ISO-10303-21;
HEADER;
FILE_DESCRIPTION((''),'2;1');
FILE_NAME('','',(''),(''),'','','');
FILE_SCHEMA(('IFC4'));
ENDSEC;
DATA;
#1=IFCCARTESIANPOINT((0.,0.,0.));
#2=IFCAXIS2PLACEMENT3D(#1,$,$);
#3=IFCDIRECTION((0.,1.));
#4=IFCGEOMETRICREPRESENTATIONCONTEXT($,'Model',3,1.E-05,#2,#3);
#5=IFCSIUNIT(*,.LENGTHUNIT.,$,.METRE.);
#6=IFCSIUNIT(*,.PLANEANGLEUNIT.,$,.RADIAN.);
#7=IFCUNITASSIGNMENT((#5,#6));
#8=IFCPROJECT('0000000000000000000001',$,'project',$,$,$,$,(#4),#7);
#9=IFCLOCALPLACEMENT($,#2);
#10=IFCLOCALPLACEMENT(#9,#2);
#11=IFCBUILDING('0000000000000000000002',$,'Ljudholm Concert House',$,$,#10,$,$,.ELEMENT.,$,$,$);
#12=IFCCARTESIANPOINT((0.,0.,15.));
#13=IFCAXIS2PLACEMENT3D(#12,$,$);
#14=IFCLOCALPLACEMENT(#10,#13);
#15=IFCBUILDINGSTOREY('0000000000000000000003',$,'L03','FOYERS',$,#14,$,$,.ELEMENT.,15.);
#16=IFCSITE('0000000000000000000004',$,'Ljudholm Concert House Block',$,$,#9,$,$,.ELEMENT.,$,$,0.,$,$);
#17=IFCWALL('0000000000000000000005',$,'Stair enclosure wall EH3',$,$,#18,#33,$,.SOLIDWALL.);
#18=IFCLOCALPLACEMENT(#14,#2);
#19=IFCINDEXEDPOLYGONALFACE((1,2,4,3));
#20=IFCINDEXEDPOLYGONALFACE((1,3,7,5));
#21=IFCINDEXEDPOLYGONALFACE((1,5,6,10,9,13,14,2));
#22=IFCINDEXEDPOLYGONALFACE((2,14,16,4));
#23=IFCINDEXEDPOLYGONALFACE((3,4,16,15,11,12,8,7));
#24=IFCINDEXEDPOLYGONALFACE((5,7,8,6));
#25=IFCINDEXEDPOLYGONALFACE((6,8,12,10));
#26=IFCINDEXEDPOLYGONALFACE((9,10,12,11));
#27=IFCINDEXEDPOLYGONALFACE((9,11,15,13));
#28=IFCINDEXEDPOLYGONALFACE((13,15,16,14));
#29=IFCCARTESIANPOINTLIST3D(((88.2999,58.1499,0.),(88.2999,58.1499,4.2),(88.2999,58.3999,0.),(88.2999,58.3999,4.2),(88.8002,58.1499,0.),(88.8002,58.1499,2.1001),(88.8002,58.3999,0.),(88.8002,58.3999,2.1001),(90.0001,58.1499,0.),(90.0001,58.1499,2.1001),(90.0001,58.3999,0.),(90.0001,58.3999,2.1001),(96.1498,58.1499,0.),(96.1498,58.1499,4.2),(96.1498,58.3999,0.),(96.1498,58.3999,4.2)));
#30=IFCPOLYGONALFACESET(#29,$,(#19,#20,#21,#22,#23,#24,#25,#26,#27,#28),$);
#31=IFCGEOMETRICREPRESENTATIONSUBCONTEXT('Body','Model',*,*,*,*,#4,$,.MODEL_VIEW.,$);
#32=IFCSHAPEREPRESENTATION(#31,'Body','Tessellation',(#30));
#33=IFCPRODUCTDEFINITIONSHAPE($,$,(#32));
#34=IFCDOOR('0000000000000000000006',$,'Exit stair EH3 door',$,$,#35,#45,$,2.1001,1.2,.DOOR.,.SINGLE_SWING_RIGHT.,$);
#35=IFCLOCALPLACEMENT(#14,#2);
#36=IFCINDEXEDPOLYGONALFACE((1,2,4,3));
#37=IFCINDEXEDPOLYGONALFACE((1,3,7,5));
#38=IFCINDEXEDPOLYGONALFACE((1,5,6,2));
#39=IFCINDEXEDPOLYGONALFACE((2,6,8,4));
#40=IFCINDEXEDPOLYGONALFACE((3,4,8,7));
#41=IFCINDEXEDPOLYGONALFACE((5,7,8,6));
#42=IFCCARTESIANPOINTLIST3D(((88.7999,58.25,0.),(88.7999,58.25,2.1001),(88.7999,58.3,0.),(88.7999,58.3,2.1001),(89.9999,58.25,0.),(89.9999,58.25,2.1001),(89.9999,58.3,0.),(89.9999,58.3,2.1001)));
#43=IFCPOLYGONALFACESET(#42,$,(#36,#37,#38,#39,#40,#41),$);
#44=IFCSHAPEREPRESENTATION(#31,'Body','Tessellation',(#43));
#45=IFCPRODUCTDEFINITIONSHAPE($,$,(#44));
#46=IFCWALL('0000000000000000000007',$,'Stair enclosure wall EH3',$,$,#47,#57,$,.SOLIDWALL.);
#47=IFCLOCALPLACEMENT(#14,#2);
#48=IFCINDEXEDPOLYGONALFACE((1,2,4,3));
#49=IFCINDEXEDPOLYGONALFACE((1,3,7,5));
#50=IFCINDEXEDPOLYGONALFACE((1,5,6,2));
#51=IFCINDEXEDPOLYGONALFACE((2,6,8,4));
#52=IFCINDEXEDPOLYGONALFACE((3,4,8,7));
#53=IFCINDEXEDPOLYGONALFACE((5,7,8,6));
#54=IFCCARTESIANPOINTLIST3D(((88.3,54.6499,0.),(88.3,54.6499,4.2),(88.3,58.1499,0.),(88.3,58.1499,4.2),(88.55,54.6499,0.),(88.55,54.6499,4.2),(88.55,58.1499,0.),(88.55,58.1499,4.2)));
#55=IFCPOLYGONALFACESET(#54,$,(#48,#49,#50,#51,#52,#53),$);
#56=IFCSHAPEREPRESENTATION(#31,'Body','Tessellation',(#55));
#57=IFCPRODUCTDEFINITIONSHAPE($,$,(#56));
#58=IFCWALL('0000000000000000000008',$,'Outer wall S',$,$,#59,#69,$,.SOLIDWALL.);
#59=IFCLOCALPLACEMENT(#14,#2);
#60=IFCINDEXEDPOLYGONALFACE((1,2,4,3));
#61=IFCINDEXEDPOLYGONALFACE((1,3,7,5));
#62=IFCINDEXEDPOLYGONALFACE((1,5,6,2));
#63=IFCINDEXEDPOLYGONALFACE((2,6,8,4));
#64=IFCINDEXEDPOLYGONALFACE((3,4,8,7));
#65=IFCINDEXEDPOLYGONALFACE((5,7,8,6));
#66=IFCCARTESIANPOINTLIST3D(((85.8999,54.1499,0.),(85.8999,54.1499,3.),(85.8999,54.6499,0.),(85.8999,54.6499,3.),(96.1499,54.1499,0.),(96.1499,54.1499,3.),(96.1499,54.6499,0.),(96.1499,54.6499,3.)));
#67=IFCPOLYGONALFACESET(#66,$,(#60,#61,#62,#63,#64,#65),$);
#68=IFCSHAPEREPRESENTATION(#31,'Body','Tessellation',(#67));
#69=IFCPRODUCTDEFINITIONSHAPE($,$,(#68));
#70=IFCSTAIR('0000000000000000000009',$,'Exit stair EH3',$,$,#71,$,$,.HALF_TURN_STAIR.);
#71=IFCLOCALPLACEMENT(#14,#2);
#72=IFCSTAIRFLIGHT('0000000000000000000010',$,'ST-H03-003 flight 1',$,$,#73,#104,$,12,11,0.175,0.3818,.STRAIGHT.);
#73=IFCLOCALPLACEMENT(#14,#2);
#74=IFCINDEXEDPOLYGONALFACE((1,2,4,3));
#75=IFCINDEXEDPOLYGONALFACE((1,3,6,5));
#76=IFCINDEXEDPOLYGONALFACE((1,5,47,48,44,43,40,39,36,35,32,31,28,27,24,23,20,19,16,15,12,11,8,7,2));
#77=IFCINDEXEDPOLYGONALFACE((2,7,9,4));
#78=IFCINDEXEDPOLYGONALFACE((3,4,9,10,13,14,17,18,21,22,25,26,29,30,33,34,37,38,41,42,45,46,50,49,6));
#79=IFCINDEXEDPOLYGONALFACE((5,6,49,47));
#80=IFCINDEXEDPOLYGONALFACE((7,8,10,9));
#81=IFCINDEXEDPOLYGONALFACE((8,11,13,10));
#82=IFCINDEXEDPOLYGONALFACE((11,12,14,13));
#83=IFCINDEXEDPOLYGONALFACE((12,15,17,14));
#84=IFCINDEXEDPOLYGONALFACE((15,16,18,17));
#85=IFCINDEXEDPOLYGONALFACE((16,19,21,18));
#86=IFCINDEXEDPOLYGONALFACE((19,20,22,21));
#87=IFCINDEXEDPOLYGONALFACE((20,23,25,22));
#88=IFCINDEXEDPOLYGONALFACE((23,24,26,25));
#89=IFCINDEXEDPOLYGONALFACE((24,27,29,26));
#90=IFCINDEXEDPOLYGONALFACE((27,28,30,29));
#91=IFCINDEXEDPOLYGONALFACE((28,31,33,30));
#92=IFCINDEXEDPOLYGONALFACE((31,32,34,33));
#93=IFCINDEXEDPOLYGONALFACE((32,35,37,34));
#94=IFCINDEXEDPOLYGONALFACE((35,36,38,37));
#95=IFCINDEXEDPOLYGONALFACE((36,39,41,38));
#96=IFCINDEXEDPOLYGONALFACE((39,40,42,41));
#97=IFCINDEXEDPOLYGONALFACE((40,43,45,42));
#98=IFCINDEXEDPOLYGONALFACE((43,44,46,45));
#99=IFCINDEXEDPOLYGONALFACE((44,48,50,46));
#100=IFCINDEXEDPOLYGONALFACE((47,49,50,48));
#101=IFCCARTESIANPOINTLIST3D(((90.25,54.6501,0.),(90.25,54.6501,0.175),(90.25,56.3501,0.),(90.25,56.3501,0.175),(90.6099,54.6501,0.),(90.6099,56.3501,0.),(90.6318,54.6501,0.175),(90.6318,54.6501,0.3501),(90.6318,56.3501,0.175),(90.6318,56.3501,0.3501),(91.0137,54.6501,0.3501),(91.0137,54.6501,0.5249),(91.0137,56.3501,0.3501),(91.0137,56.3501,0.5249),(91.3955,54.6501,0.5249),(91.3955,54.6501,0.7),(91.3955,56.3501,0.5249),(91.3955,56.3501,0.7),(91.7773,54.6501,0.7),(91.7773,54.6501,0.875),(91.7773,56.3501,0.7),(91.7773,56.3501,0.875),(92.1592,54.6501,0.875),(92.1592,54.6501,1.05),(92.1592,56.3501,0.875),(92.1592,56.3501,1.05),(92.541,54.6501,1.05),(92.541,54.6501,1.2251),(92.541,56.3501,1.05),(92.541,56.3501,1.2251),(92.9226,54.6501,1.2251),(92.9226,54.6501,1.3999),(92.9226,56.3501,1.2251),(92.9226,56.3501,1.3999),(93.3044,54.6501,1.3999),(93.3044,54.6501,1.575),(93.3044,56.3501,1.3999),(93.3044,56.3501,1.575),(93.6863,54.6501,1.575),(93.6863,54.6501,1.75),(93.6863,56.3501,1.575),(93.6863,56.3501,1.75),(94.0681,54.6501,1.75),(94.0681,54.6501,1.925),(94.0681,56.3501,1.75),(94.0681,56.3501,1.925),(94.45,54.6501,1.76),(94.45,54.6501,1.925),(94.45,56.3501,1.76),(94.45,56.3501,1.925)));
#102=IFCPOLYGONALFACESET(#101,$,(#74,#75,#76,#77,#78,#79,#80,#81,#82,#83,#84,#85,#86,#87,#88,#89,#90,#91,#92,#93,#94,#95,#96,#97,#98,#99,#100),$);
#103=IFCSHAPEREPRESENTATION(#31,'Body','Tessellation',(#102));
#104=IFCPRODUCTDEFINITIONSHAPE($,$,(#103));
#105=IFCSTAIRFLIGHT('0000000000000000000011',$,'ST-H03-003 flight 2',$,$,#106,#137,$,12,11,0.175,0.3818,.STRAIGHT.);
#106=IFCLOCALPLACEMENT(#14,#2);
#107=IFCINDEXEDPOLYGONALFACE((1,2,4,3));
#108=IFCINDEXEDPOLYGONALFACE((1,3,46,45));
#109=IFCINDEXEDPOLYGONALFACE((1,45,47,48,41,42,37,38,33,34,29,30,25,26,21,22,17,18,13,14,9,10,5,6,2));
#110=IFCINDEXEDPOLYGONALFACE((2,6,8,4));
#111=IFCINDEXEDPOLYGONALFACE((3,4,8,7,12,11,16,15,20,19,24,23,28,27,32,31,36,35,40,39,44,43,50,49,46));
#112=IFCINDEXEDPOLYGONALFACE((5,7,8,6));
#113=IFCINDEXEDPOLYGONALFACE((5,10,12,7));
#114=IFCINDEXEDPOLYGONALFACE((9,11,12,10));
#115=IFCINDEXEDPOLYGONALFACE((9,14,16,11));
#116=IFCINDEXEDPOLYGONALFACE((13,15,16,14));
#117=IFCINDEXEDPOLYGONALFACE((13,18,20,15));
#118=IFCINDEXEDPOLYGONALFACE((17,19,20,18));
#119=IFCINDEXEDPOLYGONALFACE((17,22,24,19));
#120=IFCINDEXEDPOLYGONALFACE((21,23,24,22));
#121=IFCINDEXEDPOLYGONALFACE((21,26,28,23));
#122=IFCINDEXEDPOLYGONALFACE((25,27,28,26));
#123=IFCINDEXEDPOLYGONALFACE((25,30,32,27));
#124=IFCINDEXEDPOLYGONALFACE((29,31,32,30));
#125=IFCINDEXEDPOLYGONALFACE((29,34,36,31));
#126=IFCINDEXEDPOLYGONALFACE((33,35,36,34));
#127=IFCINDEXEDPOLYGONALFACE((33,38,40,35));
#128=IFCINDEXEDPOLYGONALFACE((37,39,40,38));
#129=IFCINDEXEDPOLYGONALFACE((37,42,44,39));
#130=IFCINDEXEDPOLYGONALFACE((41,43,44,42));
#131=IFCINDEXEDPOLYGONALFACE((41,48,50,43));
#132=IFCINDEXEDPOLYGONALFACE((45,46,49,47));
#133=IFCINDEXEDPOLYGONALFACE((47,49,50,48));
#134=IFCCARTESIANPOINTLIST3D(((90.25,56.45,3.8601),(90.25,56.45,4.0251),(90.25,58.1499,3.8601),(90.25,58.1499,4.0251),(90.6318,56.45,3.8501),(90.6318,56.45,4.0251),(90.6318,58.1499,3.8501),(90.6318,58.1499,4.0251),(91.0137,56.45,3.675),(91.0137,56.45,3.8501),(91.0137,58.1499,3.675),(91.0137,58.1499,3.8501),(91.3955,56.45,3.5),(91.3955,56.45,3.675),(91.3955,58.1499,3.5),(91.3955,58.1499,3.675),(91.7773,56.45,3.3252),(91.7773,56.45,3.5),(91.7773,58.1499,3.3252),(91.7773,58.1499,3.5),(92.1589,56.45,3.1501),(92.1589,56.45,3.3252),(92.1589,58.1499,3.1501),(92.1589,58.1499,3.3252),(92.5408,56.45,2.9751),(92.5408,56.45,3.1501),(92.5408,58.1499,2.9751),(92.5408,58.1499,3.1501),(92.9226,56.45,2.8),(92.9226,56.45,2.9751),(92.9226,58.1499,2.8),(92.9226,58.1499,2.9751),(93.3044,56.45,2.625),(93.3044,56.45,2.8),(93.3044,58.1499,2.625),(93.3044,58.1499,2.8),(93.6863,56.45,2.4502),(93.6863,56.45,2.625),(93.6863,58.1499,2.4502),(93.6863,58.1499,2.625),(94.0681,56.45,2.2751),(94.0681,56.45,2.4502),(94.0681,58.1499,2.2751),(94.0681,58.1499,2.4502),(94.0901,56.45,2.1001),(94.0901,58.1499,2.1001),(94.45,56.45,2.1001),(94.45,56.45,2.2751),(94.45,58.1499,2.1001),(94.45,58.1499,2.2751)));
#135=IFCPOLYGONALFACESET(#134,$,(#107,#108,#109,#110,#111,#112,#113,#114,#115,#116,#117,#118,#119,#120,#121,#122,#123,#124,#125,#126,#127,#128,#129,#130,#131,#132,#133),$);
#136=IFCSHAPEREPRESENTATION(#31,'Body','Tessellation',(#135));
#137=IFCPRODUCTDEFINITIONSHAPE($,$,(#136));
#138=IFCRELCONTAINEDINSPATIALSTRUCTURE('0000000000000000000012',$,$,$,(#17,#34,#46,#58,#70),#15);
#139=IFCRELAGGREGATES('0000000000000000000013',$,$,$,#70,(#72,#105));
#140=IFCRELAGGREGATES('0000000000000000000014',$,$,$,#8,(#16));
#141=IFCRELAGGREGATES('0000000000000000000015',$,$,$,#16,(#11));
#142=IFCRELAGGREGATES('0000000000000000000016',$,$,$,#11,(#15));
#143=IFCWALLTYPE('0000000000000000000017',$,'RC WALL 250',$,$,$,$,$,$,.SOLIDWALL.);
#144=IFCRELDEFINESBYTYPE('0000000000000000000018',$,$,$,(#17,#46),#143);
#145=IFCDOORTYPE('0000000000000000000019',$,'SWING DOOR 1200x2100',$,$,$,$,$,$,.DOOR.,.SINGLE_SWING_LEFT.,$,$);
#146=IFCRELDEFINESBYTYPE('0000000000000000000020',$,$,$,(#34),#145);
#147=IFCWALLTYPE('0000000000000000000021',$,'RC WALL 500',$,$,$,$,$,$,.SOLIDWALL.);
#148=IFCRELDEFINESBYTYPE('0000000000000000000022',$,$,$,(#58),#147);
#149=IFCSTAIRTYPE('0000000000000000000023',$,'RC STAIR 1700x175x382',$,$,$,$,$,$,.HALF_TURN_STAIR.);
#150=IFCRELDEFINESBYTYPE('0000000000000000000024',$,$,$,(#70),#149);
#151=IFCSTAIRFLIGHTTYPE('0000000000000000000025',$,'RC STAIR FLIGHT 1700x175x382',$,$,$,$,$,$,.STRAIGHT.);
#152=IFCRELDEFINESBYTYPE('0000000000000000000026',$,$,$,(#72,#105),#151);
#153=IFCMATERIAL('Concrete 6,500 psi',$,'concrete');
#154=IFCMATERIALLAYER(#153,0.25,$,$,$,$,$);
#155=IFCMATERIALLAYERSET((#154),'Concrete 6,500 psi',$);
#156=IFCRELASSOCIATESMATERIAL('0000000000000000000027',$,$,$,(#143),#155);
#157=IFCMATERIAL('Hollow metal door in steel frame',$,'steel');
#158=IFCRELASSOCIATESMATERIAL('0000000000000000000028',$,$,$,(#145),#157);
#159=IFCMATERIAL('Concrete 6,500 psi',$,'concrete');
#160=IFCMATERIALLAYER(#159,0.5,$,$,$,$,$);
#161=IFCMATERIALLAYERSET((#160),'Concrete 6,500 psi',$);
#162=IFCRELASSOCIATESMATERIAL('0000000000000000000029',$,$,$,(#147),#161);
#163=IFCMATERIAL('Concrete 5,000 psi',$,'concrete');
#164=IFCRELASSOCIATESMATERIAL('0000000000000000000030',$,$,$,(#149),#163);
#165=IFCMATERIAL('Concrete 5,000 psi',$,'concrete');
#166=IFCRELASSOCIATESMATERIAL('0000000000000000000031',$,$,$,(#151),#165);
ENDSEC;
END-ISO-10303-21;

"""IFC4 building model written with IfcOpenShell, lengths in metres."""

from ifc_helpers import new_model, si_unit, direction, frame, frame_2d, origin, place, context, subcontext, project, spatial, polyline, rectangle, outline, extrude, material, layer, layer_set, type_object, element, fill, aggregate, save


model = new_model("IFC4")

# Units and contexts
model_context = context("Model", 3, precision=1e-05, world=origin(), true_north=direction((0.0, 1.0)))
body_context = subcontext(model_context, "Body", "Model", "MODEL_VIEW")
ifc_project = project(units=[si_unit("LENGTHUNIT", "METRE"), si_unit("PLANEANGLEUNIT", "RADIAN")], contexts=[model_context])

# Site, building, storey
site_placement = place(None, origin())
site = spatial("IfcSite", under=ifc_project, at=site_placement, Name="Ljudholm Concert House Block", CompositionType="ELEMENT", RefElevation=0.0)
building_placement = place(site_placement, origin())
building = spatial("IfcBuilding", under=site, at=building_placement, Name="Ljudholm Concert House", CompositionType="ELEMENT")
storey_placement = place(building_placement, frame((0.0, 0.0, 15.0)))
storey = spatial("IfcBuildingStorey", under=building, at=storey_placement, Name="L03", Description="FOYERS", CompositionType="ELEMENT", Elevation=15.0)

# Wall, opening, door
ifc_material_1 = material(Name="Concrete 6,500 psi", Category="concrete")
ifc_layer_1 = layer(ifc_material_1, 0.25)
ifc_layer_set_1 = layer_set([ifc_layer_1], Name="Concrete 6,500 psi")
wall_type_1 = type_object("IfcWallType", Name="RC WALL 250", PredefinedType="SOLIDWALL", material=ifc_layer_set_1)
wall_1_placement = place(storey_placement, frame((88.3, 58.2749, 0.0), z_axis=(0.0, 0.0, 1.0), x_axis=(1.0, 0.0, 0.0)))
wall_1 = element("IfcWall", 1, at=wall_1_placement, inside=storey, type_object=wall_type_1, Name="Stair enclosure wall EH3", PredefinedType="SOLIDWALL", context=body_context, shape_type="SweptSolid", body=[
    extrude(rectangle(XDim=7.8499, YDim=0.25, at=frame_2d((3.9248, 0.0))), origin(), (0.0, 0.0, 1.0), 4.2),
])
opening_placement = place(wall_1_placement, frame((0.5, 0.0, 0.0)))
opening = element("IfcOpeningElement", 2, at=opening_placement, cuts=wall_1, PredefinedType="OPENING", context=body_context, shape_type="SweptSolid", body=[
    extrude(rectangle(XDim=1.2, YDim=2.1001, at=frame_2d((0.6001, 1.05))), frame((0.0, 0.135, 0.0), z_axis=(0.0, -1.0, 0.0), x_axis=(1.0, 0.0, 0.0)), (0.0, 0.0, 1.0), 0.27),
])
ifc_material_2 = material(Name="Hollow metal door in steel frame", Category="steel")
door_type = type_object("IfcDoorType", Name="SWING DOOR 1200x2100", OperationType="SINGLE_SWING_LEFT", PredefinedType="DOOR", material=ifc_material_2)
door_placement = place(opening_placement, frame((1.2, 0.0, 0.0), z_axis=(0.0, 0.0, 1.0), x_axis=(-1.0, 0.0, 0.0)))
door = element("IfcDoor", 3, at=door_placement, inside=storey, type_object=door_type, Name="Exit stair EH3 door", OperationType="SINGLE_SWING_RIGHT", OverallHeight=2.1001, OverallWidth=1.2, PredefinedType="DOOR", context=body_context, shape_type="SweptSolid", body=[
    extrude(rectangle(XDim=1.2, YDim=2.1001, at=frame_2d((0.6001, 1.05))), frame((0.0, 0.0249, 0.0), z_axis=(0.0, -1.0, 0.0), x_axis=(1.0, 0.0, 0.0)), (0.0, 0.0, 1.0), 0.05),
])
fill(opening, door)

# Walls
wall_2_placement = place(storey_placement, frame((88.425, 54.6499, 0.0), z_axis=(0.0, 0.0, 1.0), x_axis=(0.0, 1.0, 0.0)))
element("IfcWall", 4, at=wall_2_placement, inside=storey, type_object=wall_type_1, Name="Stair enclosure wall EH3", PredefinedType="SOLIDWALL", context=body_context, shape_type="SweptSolid", body=[
    extrude(rectangle(XDim=3.5, YDim=0.25, at=frame_2d((1.75, 0.0))), origin(), (0.0, 0.0, 1.0), 4.2),
])
ifc_material_3 = material(Name="Concrete 6,500 psi", Category="concrete")
ifc_layer_2 = layer(ifc_material_3, 0.5)
ifc_layer_set_2 = layer_set([ifc_layer_2], Name="Concrete 6,500 psi")
wall_type_2 = type_object("IfcWallType", Name="RC WALL 500", PredefinedType="SOLIDWALL", material=ifc_layer_set_2)
wall_3_placement = place(storey_placement, frame((85.8999, 54.3999, 0.0), z_axis=(0.0, 0.0, 1.0), x_axis=(1.0, 0.0, 0.0)))
element("IfcWall", 5, at=wall_3_placement, inside=storey, type_object=wall_type_2, Name="Outer wall S", PredefinedType="SOLIDWALL", context=body_context, shape_type="SweptSolid", body=[
    extrude(rectangle(XDim=10.25, YDim=0.5, at=frame_2d((5.125, 0.0))), origin(), (0.0, 0.0, 1.0), 3.0),
])

# Stair, stair flights
ifc_material_4 = material(Name="Concrete 5,000 psi", Category="concrete")
stair_type = type_object("IfcStairType", Name="RC STAIR 1700x175x382", PredefinedType="HALF_TURN_STAIR", material=ifc_material_4)
stair_placement = place(storey_placement, origin())
stair = element("IfcStair", 6, at=stair_placement, inside=storey, type_object=stair_type, Name="Exit stair EH3", PredefinedType="HALF_TURN_STAIR")
ifc_material_5 = material(Name="Concrete 5,000 psi", Category="concrete")
stair_flight_type = type_object("IfcStairFlightType", Name="RC STAIR FLIGHT 1700x175x382", PredefinedType="STRAIGHT", material=ifc_material_5)
stair_flight_1_placement = place(storey_placement, frame((90.25, 55.5, 0.0), z_axis=(0.0, 0.0, 1.0), x_axis=(1.0, 0.0, 0.0)))
stair_flight_1 = element("IfcStairFlight", 7, at=stair_flight_1_placement, type_object=stair_flight_type, Name="ST-H03-003 flight 1", NumberOfRisers=12, NumberOfTreads=11, PredefinedType="STRAIGHT", RiserHeight=0.175, TreadLength=0.3818, context=body_context, shape_type="SweptSolid", body=[
    extrude(outline(polyline([(0.0, 0.0), (0.0, 0.175), (0.3818, 0.175), (0.3818, 0.3501), (0.7637, 0.3501), (0.7637, 0.5249), (1.1455, 0.5249), (1.1455, 0.7), (1.5273, 0.7), (1.5273, 0.875), (1.9092, 0.875), (1.9092, 1.05), (2.291, 1.05), (2.291, 1.2251), (2.6726, 1.2251), (2.6726, 1.3999), (3.0544, 1.3999), (3.0544, 1.575), (3.4363, 1.575), (3.4363, 1.75), (3.8181, 1.75), (3.8181, 1.925), (4.2, 1.925), (4.2, 2.1001), (4.2, 1.76), (0.3599, 0.0), (0.0, 0.0)])), frame((0.0, 0.8501, 0.0), z_axis=(0.0, -1.0, 0.0), x_axis=(1.0, 0.0, 0.0)), (0.0, 0.0, 1.0), 1.7),
])
stair_flight_2_placement = place(storey_placement, frame((94.45, 57.3, 2.1001), z_axis=(0.0, 0.0, 1.0), x_axis=(-1.0, 0.0, 0.0)))
stair_flight_2 = element("IfcStairFlight", 8, at=stair_flight_2_placement, type_object=stair_flight_type, Name="ST-H03-003 flight 2", NumberOfRisers=12, NumberOfTreads=11, PredefinedType="STRAIGHT", RiserHeight=0.175, TreadLength=0.3818, context=body_context, shape_type="SweptSolid", body=[
    extrude(outline(polyline([(0.0, 0.0), (0.0, 0.175), (0.3818, 0.175), (0.3818, 0.3501), (0.7637, 0.3501), (0.7637, 0.5249), (1.1455, 0.5249), (1.1455, 0.7), (1.5273, 0.7), (1.5273, 0.875), (1.9092, 0.875), (1.9092, 1.05), (2.291, 1.05), (2.291, 1.2251), (2.6726, 1.2251), (2.6726, 1.3999), (3.0544, 1.3999), (3.0544, 1.575), (3.4363, 1.575), (3.4363, 1.75), (3.8181, 1.75), (3.8181, 1.925), (4.2, 1.925), (4.2, 2.1001), (4.2, 1.76), (0.3599, 0.0), (0.0, 0.0)])), frame((0.0, 0.8501, 0.0), z_axis=(0.0, -1.0, 0.0), x_axis=(1.0, 0.0, 0.0)), (0.0, 0.0, 1.0), 1.7),
])
aggregate(stair, [stair_flight_1, stair_flight_2])

save(model, "model.ifc")
